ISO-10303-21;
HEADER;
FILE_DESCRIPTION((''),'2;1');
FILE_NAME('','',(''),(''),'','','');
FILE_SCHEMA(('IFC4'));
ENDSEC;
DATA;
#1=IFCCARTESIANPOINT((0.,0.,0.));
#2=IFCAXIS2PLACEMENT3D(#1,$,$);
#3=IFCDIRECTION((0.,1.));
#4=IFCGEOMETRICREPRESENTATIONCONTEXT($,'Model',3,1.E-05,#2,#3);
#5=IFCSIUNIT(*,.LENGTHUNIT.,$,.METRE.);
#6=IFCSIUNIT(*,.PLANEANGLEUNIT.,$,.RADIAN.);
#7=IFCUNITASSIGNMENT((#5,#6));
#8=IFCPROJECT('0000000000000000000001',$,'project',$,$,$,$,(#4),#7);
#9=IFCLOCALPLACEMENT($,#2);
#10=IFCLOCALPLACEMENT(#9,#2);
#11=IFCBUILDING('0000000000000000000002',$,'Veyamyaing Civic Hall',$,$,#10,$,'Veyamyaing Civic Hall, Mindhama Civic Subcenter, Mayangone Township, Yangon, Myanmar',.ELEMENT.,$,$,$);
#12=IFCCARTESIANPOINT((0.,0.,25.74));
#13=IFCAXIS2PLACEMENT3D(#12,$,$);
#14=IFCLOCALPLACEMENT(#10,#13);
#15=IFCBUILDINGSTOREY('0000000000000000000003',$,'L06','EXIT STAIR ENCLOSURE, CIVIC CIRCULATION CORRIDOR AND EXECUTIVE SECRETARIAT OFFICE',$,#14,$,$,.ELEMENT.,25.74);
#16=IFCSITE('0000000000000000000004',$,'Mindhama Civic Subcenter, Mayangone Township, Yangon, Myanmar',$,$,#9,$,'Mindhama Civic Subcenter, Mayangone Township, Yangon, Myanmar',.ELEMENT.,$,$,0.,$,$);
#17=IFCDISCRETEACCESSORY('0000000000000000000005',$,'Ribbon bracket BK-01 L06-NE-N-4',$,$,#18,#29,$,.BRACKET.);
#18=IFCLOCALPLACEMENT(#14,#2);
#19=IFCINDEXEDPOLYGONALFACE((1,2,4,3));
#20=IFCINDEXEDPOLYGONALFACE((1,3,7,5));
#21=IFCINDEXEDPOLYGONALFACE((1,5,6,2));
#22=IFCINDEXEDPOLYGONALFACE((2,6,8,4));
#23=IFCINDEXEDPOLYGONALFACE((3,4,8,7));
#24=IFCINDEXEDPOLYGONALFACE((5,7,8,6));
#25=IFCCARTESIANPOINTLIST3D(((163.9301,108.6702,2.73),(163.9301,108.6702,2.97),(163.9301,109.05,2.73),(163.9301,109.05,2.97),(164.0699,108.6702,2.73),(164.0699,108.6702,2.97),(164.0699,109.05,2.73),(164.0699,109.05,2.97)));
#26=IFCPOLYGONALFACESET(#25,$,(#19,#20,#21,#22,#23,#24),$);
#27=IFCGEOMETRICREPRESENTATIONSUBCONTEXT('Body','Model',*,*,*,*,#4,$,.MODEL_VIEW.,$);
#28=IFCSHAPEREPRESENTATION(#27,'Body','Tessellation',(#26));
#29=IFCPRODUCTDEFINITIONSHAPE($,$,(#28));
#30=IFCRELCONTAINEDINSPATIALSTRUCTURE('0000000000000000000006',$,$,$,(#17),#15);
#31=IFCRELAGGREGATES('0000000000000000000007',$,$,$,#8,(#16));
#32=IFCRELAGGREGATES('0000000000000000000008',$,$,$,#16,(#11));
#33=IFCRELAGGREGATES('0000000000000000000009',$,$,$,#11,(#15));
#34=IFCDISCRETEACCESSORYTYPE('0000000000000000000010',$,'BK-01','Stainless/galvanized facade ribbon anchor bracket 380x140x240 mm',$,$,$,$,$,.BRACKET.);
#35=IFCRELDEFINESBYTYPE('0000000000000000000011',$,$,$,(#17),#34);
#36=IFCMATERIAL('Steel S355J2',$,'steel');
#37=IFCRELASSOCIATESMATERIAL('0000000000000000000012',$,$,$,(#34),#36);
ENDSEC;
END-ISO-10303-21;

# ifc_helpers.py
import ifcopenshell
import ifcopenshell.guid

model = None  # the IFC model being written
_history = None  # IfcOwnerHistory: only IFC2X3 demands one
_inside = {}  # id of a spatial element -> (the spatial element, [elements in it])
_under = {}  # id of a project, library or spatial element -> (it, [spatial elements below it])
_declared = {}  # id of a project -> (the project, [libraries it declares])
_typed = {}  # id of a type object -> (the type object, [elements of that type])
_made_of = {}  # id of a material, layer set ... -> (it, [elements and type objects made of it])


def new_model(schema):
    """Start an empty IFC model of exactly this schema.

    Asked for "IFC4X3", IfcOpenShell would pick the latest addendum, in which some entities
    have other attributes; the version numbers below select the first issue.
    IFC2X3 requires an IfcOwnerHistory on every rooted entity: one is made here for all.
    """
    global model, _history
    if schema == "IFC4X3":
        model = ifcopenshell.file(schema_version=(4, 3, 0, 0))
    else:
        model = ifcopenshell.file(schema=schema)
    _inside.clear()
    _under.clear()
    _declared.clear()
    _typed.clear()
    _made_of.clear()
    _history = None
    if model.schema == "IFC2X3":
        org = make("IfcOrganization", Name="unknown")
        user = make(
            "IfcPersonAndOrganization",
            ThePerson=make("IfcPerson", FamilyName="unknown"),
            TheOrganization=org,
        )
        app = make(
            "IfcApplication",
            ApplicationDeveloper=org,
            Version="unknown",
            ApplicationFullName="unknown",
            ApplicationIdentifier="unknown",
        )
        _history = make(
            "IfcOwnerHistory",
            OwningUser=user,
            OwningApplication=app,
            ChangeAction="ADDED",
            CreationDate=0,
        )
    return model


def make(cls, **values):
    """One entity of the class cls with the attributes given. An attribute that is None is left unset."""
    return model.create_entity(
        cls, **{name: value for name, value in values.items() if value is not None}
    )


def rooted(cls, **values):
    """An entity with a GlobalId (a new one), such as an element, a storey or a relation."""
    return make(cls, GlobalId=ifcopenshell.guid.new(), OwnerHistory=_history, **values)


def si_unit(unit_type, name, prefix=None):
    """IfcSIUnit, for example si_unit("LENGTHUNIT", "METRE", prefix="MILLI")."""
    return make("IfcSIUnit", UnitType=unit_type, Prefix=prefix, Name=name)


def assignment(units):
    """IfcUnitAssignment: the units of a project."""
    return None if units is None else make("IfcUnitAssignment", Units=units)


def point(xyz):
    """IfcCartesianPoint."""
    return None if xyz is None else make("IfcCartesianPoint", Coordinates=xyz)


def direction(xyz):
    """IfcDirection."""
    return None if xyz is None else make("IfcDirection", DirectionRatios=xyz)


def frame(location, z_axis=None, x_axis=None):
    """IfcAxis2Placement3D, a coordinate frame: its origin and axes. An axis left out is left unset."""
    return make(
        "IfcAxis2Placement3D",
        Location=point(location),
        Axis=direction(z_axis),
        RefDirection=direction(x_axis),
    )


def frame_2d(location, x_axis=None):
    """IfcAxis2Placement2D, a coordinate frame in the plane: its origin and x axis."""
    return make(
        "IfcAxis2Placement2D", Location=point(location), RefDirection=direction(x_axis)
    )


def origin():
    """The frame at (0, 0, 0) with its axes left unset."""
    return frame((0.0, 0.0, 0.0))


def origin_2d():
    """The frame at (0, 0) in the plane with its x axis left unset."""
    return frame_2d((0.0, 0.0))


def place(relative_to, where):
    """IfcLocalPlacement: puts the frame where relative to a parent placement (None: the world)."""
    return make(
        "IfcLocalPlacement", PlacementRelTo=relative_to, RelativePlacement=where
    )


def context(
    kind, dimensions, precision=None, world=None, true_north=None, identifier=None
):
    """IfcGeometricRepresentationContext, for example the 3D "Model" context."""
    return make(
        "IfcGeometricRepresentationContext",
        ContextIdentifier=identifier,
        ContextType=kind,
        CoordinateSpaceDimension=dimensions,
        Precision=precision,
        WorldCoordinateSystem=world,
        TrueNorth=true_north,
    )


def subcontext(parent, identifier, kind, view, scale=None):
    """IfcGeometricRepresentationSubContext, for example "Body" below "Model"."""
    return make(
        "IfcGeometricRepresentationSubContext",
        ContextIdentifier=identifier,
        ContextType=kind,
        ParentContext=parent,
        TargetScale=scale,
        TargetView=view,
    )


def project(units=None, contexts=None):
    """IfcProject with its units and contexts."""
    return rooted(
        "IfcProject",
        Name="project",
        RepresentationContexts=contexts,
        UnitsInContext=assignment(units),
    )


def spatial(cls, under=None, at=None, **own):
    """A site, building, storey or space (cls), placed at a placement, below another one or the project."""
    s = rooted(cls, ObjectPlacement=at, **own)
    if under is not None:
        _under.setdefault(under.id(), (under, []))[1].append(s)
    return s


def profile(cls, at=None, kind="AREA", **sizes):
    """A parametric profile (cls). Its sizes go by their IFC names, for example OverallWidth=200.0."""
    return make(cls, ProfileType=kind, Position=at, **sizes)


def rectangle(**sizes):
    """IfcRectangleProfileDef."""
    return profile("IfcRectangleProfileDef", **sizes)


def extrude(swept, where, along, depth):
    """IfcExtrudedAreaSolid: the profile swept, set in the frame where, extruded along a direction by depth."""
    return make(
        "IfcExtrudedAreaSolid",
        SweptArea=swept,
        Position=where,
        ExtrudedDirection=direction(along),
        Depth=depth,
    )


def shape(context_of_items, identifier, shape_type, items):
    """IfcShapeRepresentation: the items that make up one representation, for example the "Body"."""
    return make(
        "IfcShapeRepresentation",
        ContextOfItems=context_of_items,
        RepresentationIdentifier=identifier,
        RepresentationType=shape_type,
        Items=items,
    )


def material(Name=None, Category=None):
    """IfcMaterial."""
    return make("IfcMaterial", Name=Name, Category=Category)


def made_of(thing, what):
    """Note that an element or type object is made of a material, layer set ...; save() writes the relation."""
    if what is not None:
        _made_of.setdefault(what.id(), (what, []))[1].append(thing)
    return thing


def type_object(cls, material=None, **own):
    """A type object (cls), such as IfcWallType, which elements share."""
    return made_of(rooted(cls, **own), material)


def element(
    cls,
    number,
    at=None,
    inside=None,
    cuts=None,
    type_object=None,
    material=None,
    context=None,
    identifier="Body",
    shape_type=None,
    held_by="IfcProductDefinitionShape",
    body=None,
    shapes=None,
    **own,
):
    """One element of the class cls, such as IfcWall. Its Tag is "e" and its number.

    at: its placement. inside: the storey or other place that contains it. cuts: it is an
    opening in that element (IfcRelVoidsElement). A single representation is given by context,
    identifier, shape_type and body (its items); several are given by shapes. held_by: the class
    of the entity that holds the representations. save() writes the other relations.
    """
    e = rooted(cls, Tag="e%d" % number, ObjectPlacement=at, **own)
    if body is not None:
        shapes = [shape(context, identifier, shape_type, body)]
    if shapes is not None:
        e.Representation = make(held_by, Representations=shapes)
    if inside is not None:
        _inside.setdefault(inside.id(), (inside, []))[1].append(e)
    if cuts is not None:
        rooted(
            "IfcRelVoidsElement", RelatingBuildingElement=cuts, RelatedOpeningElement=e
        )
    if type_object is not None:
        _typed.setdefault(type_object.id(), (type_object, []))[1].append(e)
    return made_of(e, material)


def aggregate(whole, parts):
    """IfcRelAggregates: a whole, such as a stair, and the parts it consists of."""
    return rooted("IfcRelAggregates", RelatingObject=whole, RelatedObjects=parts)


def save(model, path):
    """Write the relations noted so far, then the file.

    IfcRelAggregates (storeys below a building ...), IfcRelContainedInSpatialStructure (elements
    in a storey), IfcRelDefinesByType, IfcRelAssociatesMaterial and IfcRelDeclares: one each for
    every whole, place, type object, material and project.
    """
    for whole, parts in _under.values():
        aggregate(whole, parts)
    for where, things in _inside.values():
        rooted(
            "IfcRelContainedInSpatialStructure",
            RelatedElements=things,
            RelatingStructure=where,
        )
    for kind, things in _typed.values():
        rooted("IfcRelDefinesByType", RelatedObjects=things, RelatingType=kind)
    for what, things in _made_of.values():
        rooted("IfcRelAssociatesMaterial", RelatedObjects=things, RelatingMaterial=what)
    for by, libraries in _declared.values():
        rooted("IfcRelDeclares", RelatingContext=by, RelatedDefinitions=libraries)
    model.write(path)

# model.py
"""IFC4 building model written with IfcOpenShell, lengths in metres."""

from ifc_helpers import new_model, si_unit, direction, frame, origin, origin_2d, place, context, subcontext, project, spatial, rectangle, extrude, material, type_object, element, save


model = new_model("IFC4")

# Units and contexts
model_context = context("Model", 3, precision=1e-05, world=origin(), true_north=direction((0.0, 1.0)))
body_context = subcontext(model_context, "Body", "Model", "MODEL_VIEW")
ifc_project = project(units=[si_unit("LENGTHUNIT", "METRE"), si_unit("PLANEANGLEUNIT", "RADIAN")], contexts=[model_context])

# Site, building, storey
site_placement = place(None, origin())
site = spatial("IfcSite", under=ifc_project, at=site_placement, Name="Mindhama Civic Subcenter, Mayangone Township, Yangon, Myanmar", LongName="Mindhama Civic Subcenter, Mayangone Township, Yangon, Myanmar", CompositionType="ELEMENT", RefElevation=0.0)
building_placement = place(site_placement, origin())
building = spatial("IfcBuilding", under=site, at=building_placement, Name="Veyamyaing Civic Hall", LongName="Veyamyaing Civic Hall, Mindhama Civic Subcenter, Mayangone Township, Yangon, Myanmar", CompositionType="ELEMENT")
storey_placement = place(building_placement, frame((0.0, 0.0, 25.74)))
storey = spatial("IfcBuildingStorey", under=building, at=storey_placement, Name="L06", Description="EXIT STAIR ENCLOSURE, CIVIC CIRCULATION CORRIDOR AND EXECUTIVE SECRETARIAT OFFICE", CompositionType="ELEMENT", Elevation=25.74)

# Discrete accessory
ifc_material_1 = material(Name="Steel S355J2", Category="steel")
discrete_accessory_type = type_object("IfcDiscreteAccessoryType", Name="BK-01", Description="Stainless/galvanized facade ribbon anchor bracket 380x140x240 mm", PredefinedType="BRACKET", material=ifc_material_1)
discrete_accessory_placement = place(storey_placement, frame((164.0, 108.8601, 2.73), z_axis=(0.0, 0.0, 1.0), x_axis=(0.0, 1.0, 0.0)))
element("IfcDiscreteAccessory", 1, at=discrete_accessory_placement, inside=storey, type_object=discrete_accessory_type, Name="Ribbon bracket BK-01 L06-NE-N-4", PredefinedType="BRACKET", context=body_context, shape_type="SweptSolid", body=[
    extrude(rectangle(XDim=0.3799, YDim=0.1399, at=origin_2d()), origin(), (0.0, 0.0, 1.0), 0.24),
])

save(model, "model.ifc")
